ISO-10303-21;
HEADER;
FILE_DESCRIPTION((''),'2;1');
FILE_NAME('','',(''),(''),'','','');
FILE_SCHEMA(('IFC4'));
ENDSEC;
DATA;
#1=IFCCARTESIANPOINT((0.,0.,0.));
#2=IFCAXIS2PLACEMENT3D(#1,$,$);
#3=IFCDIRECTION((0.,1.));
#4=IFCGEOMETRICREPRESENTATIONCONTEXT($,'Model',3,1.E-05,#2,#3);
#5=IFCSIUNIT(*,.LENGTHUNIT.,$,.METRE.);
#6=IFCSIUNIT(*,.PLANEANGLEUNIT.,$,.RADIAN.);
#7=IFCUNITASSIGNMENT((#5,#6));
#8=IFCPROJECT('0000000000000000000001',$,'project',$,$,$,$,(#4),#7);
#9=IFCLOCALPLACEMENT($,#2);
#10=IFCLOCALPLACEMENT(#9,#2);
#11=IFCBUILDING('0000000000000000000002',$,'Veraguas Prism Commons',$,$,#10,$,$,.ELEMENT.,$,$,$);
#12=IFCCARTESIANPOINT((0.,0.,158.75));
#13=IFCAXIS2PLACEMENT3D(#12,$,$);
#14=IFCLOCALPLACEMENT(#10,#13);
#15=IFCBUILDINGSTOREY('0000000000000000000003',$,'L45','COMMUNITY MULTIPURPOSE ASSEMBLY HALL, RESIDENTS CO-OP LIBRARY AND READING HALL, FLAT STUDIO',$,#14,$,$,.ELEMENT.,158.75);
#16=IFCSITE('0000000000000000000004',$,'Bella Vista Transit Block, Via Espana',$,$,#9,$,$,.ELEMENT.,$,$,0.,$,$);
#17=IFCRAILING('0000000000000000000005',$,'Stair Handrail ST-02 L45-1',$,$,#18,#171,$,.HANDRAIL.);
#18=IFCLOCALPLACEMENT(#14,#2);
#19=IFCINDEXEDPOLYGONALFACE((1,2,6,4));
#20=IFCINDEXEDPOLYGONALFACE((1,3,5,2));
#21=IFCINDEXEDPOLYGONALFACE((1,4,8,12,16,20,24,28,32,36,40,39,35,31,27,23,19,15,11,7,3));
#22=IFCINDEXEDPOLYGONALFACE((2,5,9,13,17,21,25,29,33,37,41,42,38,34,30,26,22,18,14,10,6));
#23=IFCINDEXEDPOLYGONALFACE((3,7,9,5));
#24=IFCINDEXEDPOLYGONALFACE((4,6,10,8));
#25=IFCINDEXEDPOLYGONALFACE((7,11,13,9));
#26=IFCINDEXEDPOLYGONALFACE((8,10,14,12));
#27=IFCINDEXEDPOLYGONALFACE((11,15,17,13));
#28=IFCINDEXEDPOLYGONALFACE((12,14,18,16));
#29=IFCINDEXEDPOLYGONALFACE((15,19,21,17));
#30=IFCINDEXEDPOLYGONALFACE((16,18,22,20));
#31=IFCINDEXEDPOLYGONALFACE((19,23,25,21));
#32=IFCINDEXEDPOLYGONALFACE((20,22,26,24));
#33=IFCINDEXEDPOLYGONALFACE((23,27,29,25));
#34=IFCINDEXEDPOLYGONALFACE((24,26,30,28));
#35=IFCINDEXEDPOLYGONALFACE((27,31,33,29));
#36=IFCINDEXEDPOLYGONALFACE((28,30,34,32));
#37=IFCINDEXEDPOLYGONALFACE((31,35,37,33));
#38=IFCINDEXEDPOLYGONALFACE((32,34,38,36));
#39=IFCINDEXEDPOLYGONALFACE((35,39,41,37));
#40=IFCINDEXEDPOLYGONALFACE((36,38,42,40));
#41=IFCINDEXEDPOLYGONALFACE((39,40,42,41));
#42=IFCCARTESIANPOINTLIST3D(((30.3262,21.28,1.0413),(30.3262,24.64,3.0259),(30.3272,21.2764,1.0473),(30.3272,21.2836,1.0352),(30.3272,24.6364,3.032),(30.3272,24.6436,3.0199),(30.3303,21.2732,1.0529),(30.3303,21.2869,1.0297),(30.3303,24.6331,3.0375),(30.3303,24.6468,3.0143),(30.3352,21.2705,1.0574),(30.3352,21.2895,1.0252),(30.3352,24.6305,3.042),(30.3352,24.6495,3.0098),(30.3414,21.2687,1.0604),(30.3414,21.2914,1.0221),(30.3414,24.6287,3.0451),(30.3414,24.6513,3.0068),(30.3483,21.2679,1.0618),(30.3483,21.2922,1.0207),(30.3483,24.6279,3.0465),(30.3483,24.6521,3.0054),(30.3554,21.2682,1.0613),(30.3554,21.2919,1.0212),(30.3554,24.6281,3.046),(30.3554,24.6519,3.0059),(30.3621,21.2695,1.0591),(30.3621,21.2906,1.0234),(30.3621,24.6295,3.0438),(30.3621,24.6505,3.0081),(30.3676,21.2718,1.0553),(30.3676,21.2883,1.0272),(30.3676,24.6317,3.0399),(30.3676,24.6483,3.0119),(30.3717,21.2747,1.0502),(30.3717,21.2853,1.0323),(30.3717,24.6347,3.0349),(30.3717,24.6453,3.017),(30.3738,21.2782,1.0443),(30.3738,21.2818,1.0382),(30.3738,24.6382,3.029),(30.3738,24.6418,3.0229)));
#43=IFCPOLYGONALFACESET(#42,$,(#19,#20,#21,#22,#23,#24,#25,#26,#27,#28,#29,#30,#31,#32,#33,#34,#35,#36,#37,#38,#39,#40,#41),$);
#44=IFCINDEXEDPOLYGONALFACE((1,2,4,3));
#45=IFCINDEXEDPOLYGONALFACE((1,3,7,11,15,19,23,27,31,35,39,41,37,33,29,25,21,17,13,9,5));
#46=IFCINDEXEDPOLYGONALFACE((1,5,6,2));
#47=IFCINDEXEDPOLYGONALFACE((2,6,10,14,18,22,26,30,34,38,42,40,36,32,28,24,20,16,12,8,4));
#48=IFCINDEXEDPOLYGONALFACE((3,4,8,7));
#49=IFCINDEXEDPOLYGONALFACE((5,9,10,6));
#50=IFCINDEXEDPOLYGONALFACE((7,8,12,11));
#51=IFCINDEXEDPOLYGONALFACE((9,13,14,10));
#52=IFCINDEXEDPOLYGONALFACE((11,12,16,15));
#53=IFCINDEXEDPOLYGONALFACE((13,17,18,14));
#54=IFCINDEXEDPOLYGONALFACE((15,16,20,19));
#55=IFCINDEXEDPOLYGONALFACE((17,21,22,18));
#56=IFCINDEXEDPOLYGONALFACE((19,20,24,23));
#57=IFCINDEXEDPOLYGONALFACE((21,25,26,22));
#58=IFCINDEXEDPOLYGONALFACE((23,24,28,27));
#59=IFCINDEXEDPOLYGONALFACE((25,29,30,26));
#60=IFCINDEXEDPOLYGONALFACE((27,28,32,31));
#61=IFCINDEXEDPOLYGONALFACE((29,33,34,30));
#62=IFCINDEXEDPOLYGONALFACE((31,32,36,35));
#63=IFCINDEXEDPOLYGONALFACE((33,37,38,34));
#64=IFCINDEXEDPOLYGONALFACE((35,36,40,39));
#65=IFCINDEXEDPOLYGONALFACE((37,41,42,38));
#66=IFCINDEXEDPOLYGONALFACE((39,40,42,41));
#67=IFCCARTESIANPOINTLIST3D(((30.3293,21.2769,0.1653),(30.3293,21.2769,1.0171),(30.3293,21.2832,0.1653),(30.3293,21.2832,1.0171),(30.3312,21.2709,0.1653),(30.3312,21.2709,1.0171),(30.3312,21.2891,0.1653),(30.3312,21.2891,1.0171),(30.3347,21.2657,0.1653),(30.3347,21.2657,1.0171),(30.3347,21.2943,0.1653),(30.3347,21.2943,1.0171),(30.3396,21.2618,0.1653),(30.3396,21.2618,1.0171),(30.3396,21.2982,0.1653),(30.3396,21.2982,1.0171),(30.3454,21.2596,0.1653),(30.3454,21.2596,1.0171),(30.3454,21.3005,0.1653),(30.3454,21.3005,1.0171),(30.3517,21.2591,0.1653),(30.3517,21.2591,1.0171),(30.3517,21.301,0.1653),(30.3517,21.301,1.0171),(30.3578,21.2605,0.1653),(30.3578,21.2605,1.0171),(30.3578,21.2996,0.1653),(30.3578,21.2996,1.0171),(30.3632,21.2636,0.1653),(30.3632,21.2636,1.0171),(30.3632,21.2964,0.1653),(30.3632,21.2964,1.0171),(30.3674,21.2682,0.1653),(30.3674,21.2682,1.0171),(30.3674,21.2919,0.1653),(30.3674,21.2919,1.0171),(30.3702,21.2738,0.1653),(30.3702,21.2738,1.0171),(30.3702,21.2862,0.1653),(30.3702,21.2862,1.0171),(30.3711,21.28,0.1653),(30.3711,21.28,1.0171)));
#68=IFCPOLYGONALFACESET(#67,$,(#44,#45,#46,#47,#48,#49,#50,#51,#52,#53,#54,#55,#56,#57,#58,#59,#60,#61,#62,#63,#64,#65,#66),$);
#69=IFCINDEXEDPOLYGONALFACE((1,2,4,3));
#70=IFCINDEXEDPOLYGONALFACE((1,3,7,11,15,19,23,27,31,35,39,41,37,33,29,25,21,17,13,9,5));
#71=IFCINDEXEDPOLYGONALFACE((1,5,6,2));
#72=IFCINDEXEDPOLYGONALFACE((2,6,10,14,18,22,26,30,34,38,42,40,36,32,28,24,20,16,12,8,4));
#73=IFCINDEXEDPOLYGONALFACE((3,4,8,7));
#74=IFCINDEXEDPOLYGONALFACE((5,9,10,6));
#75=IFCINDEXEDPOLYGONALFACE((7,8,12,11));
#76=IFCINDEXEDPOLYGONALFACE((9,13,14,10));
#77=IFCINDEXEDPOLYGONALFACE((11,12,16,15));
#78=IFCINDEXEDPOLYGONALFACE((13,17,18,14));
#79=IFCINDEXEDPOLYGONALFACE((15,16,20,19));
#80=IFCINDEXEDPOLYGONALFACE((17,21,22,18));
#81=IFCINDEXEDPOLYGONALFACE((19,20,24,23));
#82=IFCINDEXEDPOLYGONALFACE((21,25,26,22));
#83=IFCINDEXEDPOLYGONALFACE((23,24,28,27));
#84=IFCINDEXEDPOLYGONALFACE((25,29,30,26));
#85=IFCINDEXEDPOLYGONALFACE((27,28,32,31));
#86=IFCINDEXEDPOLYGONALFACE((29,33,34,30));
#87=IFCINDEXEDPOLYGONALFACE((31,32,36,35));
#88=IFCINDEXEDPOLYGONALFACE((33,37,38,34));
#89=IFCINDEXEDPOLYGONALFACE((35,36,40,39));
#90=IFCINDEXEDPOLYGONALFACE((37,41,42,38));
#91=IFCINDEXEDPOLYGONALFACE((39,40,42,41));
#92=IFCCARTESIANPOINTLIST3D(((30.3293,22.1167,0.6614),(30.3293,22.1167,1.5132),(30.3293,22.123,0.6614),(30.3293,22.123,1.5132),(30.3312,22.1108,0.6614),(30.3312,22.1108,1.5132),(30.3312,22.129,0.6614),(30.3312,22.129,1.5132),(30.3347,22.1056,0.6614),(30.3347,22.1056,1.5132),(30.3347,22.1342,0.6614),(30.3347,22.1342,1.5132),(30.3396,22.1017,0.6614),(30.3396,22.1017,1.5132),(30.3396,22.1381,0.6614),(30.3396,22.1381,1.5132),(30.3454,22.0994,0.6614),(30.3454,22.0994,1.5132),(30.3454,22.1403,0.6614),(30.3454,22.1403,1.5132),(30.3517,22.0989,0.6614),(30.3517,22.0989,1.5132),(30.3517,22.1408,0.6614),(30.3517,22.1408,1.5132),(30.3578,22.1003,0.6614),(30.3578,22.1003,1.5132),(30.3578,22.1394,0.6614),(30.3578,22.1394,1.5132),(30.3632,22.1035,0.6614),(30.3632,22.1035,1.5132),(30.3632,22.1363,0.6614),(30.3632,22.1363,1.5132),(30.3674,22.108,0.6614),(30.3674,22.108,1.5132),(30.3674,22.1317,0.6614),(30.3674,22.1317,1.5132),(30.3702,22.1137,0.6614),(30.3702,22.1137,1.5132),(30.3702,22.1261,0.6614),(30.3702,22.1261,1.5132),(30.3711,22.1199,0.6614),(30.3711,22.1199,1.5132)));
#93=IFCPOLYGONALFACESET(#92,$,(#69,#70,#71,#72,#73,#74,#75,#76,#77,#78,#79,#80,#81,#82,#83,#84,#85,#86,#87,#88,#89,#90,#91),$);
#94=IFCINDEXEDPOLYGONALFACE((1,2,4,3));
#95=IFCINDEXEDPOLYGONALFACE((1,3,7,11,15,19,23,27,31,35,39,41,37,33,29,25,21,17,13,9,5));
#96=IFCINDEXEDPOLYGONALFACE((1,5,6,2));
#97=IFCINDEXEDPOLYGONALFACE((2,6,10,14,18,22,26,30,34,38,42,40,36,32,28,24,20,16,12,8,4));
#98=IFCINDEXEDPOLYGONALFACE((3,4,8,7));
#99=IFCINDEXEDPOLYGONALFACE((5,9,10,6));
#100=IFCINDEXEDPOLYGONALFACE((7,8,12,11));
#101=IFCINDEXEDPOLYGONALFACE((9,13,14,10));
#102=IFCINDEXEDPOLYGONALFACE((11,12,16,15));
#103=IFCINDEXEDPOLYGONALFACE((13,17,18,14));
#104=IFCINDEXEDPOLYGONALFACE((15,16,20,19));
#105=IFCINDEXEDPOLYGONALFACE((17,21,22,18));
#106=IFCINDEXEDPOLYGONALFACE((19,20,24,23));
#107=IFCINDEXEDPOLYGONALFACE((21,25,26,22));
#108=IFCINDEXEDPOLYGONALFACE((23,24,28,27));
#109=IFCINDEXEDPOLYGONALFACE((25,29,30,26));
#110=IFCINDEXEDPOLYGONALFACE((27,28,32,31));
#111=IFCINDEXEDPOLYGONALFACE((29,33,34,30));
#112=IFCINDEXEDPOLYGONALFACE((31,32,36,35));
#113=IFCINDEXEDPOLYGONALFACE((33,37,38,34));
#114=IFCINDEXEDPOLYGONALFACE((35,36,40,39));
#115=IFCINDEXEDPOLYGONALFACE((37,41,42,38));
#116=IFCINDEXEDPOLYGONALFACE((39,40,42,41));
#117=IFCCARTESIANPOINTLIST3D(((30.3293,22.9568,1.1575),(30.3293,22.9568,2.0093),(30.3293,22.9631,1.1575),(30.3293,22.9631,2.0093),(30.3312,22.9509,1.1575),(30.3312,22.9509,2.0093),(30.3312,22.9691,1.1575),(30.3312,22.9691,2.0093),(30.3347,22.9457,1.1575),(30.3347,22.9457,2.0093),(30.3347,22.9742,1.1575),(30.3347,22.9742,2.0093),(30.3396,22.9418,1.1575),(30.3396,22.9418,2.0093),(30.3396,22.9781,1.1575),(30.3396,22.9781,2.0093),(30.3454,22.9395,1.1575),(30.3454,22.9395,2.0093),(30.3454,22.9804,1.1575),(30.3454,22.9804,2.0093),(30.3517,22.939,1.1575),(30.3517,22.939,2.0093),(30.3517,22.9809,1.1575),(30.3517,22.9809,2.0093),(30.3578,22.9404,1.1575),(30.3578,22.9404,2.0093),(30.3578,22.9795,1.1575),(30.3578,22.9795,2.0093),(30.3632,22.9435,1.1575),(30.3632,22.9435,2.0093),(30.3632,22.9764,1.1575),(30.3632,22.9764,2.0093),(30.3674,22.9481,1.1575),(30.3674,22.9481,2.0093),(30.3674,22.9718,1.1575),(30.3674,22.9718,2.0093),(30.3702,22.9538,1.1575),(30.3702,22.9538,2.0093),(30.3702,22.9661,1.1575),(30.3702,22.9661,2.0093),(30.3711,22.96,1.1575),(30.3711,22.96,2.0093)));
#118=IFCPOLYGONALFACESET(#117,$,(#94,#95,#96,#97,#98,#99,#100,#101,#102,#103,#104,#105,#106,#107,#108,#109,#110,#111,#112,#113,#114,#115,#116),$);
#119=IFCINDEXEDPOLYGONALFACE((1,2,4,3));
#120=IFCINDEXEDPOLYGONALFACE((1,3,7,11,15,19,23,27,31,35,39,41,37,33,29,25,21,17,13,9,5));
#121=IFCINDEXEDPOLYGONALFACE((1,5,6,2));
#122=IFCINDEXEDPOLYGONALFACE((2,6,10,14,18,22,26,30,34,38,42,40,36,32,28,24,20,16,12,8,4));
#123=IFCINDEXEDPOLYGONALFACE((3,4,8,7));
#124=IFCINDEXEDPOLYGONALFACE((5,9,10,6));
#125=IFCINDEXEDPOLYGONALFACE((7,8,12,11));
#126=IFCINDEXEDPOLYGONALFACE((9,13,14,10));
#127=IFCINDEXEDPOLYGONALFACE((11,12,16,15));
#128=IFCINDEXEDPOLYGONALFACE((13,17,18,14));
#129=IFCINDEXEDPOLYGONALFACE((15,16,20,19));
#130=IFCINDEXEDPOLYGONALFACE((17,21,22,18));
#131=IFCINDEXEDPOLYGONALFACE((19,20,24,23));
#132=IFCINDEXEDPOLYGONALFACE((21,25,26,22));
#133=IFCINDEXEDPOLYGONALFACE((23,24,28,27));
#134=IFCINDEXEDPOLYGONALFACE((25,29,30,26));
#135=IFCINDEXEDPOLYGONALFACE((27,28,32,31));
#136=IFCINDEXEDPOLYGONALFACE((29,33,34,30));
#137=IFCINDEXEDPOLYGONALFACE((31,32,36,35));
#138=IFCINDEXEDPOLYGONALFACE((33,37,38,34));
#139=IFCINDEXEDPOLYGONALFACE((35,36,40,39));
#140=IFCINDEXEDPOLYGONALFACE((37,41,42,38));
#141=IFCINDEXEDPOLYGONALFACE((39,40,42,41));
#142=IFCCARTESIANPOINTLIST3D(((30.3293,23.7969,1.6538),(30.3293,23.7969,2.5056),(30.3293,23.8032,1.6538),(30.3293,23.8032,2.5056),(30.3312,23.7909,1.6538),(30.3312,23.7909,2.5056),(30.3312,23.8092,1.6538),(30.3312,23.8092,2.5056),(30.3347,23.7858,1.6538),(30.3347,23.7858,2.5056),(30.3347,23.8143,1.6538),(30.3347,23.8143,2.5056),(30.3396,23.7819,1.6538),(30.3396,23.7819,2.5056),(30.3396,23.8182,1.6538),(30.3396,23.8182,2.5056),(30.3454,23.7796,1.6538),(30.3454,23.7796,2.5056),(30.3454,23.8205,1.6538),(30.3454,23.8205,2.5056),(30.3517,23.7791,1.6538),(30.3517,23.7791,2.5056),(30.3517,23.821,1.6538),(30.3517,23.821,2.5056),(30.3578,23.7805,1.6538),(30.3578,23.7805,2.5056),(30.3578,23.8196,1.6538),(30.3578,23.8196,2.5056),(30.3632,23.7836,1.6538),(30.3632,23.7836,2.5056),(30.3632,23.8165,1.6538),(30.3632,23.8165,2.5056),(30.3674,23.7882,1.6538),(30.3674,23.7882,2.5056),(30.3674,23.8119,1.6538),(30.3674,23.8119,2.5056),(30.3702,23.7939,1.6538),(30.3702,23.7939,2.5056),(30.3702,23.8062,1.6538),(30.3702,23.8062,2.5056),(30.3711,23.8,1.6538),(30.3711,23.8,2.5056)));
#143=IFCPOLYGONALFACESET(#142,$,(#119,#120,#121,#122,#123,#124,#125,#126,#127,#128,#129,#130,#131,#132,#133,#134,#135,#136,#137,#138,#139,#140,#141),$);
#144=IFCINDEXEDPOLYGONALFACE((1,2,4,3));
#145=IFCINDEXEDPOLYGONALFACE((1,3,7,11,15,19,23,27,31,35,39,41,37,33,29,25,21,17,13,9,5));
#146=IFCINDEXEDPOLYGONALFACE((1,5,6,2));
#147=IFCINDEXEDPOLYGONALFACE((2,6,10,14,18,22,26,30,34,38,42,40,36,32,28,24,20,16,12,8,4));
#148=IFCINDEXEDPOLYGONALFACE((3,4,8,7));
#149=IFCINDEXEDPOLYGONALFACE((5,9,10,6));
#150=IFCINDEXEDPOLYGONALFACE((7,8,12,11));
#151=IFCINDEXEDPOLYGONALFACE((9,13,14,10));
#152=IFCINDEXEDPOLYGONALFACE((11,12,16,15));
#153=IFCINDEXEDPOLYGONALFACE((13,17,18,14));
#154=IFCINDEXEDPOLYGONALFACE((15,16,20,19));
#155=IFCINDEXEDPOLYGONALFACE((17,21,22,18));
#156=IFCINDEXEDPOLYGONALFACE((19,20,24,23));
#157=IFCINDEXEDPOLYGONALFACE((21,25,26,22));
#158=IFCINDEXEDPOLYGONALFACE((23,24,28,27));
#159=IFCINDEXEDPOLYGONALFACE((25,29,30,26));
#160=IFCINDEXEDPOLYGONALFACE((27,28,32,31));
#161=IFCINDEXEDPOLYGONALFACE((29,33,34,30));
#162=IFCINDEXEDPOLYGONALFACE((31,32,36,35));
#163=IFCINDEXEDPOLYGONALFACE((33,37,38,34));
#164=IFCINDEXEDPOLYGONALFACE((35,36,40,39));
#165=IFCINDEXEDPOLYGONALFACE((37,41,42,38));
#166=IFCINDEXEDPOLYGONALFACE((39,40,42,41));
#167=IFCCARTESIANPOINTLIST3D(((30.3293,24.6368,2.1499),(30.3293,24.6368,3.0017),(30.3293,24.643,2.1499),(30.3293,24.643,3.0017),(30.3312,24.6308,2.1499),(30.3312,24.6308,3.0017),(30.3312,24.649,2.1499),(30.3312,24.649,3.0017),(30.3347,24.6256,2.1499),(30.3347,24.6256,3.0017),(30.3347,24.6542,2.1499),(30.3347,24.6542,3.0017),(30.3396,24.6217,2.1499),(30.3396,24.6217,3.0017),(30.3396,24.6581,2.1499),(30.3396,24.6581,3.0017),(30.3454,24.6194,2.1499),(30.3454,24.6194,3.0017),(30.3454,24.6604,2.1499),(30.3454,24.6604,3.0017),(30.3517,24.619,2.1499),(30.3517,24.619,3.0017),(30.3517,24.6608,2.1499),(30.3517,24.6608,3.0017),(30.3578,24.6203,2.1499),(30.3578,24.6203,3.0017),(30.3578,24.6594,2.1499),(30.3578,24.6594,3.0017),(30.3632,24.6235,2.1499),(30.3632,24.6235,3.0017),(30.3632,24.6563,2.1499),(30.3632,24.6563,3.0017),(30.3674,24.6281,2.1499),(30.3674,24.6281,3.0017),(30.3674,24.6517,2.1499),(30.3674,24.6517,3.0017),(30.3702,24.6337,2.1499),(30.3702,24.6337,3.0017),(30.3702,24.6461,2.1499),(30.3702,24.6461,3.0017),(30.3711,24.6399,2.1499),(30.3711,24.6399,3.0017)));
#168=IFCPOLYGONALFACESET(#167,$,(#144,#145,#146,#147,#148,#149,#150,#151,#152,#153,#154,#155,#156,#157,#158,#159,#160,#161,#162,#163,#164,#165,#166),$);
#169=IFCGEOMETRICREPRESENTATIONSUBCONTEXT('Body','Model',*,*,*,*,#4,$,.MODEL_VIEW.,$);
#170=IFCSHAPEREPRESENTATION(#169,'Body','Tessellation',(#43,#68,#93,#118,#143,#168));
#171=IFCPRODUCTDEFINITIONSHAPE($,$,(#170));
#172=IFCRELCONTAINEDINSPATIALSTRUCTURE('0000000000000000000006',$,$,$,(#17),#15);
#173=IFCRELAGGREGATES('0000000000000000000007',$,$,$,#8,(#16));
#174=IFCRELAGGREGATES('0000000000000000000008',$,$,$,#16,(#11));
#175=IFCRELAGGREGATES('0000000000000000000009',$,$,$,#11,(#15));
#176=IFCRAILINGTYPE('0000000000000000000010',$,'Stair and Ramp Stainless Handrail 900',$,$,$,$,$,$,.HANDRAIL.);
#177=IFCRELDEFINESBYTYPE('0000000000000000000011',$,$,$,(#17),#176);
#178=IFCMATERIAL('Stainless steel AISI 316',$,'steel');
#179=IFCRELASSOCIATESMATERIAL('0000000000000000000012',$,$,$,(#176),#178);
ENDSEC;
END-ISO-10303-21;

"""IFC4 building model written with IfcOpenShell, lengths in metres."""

from ifc_helpers import new_model, si_unit, direction, frame, origin, origin_2d, place, context, subcontext, project, spatial, circle, extrude, material, type_object, element, save


model = new_model("IFC4")

# Units and contexts
model_context = context("Model", 3, precision=1e-05, world=origin(), true_north=direction((0.0, 1.0)))
body_context = subcontext(model_context, "Body", "Model", "MODEL_VIEW")
ifc_project = project(units=[si_unit("LENGTHUNIT", "METRE"), si_unit("PLANEANGLEUNIT", "RADIAN")], contexts=[model_context])

# Site, building, storey
site_placement = place(None, origin())
site = spatial("IfcSite", under=ifc_project, at=site_placement, Name="Bella Vista Transit Block, Via Espana", CompositionType="ELEMENT", RefElevation=0.0)
building_placement = place(site_placement, origin())
building = spatial("IfcBuilding", under=site, at=building_placement, Name="Veraguas Prism Commons", CompositionType="ELEMENT")
storey_placement = place(building_placement, frame((0.0, 0.0, 158.75)))
storey = spatial("IfcBuildingStorey", under=building, at=storey_placement, Name="L45", Description="COMMUNITY MULTIPURPOSE ASSEMBLY HALL, RESIDENTS CO-OP LIBRARY AND READING HALL, FLAT STUDIO", CompositionType="ELEMENT", Elevation=158.75)

# Railing
ifc_material_1 = material(Name="Stainless steel AISI 316", Category="steel")
railing_type = type_object("IfcRailingType", Name="Stair and Ramp Stainless Handrail 900", PredefinedType="HANDRAIL", material=ifc_material_1)
railing_placement = place(storey_placement, frame((30.3501, 21.28, 0.1653)))
element("IfcRailing", 1, at=railing_placement, inside=storey, type_object=railing_type, Name="Stair Handrail ST-02 L45-1", PredefinedType="HANDRAIL", context=body_context, shape_type="SweptSolid", body=[
    extrude(circle(Radius=0.0239, at=origin_2d()), frame((0.0, 0.0, 0.876), z_axis=(0.0, 0.861011, 0.508586), x_axis=(-1.0, 0.0, 0.0)), (0.0, 0.0, 1.0), 3.9023),
    extrude(circle(Radius=0.021, at=origin_2d()), origin(), (0.0, 0.0, 1.0), 0.8518),
    extrude(circle(Radius=0.021, at=origin_2d()), frame((0.0, 0.8398, 0.4961)), (0.0, 0.0, 1.0), 0.8518),
    extrude(circle(Radius=0.021, at=origin_2d()), frame((0.0, 1.6799, 0.9922)), (0.0, 0.0, 1.0), 0.8518),
    extrude(circle(Radius=0.021, at=origin_2d()), frame((0.0, 2.52, 1.4885)), (0.0, 0.0, 1.0), 0.8518),
    extrude(circle(Radius=0.021, at=origin_2d()), frame((0.0, 3.3599, 1.9846)), (0.0, 0.0, 1.0), 0.8518),
])

save(model, "model.ifc")
